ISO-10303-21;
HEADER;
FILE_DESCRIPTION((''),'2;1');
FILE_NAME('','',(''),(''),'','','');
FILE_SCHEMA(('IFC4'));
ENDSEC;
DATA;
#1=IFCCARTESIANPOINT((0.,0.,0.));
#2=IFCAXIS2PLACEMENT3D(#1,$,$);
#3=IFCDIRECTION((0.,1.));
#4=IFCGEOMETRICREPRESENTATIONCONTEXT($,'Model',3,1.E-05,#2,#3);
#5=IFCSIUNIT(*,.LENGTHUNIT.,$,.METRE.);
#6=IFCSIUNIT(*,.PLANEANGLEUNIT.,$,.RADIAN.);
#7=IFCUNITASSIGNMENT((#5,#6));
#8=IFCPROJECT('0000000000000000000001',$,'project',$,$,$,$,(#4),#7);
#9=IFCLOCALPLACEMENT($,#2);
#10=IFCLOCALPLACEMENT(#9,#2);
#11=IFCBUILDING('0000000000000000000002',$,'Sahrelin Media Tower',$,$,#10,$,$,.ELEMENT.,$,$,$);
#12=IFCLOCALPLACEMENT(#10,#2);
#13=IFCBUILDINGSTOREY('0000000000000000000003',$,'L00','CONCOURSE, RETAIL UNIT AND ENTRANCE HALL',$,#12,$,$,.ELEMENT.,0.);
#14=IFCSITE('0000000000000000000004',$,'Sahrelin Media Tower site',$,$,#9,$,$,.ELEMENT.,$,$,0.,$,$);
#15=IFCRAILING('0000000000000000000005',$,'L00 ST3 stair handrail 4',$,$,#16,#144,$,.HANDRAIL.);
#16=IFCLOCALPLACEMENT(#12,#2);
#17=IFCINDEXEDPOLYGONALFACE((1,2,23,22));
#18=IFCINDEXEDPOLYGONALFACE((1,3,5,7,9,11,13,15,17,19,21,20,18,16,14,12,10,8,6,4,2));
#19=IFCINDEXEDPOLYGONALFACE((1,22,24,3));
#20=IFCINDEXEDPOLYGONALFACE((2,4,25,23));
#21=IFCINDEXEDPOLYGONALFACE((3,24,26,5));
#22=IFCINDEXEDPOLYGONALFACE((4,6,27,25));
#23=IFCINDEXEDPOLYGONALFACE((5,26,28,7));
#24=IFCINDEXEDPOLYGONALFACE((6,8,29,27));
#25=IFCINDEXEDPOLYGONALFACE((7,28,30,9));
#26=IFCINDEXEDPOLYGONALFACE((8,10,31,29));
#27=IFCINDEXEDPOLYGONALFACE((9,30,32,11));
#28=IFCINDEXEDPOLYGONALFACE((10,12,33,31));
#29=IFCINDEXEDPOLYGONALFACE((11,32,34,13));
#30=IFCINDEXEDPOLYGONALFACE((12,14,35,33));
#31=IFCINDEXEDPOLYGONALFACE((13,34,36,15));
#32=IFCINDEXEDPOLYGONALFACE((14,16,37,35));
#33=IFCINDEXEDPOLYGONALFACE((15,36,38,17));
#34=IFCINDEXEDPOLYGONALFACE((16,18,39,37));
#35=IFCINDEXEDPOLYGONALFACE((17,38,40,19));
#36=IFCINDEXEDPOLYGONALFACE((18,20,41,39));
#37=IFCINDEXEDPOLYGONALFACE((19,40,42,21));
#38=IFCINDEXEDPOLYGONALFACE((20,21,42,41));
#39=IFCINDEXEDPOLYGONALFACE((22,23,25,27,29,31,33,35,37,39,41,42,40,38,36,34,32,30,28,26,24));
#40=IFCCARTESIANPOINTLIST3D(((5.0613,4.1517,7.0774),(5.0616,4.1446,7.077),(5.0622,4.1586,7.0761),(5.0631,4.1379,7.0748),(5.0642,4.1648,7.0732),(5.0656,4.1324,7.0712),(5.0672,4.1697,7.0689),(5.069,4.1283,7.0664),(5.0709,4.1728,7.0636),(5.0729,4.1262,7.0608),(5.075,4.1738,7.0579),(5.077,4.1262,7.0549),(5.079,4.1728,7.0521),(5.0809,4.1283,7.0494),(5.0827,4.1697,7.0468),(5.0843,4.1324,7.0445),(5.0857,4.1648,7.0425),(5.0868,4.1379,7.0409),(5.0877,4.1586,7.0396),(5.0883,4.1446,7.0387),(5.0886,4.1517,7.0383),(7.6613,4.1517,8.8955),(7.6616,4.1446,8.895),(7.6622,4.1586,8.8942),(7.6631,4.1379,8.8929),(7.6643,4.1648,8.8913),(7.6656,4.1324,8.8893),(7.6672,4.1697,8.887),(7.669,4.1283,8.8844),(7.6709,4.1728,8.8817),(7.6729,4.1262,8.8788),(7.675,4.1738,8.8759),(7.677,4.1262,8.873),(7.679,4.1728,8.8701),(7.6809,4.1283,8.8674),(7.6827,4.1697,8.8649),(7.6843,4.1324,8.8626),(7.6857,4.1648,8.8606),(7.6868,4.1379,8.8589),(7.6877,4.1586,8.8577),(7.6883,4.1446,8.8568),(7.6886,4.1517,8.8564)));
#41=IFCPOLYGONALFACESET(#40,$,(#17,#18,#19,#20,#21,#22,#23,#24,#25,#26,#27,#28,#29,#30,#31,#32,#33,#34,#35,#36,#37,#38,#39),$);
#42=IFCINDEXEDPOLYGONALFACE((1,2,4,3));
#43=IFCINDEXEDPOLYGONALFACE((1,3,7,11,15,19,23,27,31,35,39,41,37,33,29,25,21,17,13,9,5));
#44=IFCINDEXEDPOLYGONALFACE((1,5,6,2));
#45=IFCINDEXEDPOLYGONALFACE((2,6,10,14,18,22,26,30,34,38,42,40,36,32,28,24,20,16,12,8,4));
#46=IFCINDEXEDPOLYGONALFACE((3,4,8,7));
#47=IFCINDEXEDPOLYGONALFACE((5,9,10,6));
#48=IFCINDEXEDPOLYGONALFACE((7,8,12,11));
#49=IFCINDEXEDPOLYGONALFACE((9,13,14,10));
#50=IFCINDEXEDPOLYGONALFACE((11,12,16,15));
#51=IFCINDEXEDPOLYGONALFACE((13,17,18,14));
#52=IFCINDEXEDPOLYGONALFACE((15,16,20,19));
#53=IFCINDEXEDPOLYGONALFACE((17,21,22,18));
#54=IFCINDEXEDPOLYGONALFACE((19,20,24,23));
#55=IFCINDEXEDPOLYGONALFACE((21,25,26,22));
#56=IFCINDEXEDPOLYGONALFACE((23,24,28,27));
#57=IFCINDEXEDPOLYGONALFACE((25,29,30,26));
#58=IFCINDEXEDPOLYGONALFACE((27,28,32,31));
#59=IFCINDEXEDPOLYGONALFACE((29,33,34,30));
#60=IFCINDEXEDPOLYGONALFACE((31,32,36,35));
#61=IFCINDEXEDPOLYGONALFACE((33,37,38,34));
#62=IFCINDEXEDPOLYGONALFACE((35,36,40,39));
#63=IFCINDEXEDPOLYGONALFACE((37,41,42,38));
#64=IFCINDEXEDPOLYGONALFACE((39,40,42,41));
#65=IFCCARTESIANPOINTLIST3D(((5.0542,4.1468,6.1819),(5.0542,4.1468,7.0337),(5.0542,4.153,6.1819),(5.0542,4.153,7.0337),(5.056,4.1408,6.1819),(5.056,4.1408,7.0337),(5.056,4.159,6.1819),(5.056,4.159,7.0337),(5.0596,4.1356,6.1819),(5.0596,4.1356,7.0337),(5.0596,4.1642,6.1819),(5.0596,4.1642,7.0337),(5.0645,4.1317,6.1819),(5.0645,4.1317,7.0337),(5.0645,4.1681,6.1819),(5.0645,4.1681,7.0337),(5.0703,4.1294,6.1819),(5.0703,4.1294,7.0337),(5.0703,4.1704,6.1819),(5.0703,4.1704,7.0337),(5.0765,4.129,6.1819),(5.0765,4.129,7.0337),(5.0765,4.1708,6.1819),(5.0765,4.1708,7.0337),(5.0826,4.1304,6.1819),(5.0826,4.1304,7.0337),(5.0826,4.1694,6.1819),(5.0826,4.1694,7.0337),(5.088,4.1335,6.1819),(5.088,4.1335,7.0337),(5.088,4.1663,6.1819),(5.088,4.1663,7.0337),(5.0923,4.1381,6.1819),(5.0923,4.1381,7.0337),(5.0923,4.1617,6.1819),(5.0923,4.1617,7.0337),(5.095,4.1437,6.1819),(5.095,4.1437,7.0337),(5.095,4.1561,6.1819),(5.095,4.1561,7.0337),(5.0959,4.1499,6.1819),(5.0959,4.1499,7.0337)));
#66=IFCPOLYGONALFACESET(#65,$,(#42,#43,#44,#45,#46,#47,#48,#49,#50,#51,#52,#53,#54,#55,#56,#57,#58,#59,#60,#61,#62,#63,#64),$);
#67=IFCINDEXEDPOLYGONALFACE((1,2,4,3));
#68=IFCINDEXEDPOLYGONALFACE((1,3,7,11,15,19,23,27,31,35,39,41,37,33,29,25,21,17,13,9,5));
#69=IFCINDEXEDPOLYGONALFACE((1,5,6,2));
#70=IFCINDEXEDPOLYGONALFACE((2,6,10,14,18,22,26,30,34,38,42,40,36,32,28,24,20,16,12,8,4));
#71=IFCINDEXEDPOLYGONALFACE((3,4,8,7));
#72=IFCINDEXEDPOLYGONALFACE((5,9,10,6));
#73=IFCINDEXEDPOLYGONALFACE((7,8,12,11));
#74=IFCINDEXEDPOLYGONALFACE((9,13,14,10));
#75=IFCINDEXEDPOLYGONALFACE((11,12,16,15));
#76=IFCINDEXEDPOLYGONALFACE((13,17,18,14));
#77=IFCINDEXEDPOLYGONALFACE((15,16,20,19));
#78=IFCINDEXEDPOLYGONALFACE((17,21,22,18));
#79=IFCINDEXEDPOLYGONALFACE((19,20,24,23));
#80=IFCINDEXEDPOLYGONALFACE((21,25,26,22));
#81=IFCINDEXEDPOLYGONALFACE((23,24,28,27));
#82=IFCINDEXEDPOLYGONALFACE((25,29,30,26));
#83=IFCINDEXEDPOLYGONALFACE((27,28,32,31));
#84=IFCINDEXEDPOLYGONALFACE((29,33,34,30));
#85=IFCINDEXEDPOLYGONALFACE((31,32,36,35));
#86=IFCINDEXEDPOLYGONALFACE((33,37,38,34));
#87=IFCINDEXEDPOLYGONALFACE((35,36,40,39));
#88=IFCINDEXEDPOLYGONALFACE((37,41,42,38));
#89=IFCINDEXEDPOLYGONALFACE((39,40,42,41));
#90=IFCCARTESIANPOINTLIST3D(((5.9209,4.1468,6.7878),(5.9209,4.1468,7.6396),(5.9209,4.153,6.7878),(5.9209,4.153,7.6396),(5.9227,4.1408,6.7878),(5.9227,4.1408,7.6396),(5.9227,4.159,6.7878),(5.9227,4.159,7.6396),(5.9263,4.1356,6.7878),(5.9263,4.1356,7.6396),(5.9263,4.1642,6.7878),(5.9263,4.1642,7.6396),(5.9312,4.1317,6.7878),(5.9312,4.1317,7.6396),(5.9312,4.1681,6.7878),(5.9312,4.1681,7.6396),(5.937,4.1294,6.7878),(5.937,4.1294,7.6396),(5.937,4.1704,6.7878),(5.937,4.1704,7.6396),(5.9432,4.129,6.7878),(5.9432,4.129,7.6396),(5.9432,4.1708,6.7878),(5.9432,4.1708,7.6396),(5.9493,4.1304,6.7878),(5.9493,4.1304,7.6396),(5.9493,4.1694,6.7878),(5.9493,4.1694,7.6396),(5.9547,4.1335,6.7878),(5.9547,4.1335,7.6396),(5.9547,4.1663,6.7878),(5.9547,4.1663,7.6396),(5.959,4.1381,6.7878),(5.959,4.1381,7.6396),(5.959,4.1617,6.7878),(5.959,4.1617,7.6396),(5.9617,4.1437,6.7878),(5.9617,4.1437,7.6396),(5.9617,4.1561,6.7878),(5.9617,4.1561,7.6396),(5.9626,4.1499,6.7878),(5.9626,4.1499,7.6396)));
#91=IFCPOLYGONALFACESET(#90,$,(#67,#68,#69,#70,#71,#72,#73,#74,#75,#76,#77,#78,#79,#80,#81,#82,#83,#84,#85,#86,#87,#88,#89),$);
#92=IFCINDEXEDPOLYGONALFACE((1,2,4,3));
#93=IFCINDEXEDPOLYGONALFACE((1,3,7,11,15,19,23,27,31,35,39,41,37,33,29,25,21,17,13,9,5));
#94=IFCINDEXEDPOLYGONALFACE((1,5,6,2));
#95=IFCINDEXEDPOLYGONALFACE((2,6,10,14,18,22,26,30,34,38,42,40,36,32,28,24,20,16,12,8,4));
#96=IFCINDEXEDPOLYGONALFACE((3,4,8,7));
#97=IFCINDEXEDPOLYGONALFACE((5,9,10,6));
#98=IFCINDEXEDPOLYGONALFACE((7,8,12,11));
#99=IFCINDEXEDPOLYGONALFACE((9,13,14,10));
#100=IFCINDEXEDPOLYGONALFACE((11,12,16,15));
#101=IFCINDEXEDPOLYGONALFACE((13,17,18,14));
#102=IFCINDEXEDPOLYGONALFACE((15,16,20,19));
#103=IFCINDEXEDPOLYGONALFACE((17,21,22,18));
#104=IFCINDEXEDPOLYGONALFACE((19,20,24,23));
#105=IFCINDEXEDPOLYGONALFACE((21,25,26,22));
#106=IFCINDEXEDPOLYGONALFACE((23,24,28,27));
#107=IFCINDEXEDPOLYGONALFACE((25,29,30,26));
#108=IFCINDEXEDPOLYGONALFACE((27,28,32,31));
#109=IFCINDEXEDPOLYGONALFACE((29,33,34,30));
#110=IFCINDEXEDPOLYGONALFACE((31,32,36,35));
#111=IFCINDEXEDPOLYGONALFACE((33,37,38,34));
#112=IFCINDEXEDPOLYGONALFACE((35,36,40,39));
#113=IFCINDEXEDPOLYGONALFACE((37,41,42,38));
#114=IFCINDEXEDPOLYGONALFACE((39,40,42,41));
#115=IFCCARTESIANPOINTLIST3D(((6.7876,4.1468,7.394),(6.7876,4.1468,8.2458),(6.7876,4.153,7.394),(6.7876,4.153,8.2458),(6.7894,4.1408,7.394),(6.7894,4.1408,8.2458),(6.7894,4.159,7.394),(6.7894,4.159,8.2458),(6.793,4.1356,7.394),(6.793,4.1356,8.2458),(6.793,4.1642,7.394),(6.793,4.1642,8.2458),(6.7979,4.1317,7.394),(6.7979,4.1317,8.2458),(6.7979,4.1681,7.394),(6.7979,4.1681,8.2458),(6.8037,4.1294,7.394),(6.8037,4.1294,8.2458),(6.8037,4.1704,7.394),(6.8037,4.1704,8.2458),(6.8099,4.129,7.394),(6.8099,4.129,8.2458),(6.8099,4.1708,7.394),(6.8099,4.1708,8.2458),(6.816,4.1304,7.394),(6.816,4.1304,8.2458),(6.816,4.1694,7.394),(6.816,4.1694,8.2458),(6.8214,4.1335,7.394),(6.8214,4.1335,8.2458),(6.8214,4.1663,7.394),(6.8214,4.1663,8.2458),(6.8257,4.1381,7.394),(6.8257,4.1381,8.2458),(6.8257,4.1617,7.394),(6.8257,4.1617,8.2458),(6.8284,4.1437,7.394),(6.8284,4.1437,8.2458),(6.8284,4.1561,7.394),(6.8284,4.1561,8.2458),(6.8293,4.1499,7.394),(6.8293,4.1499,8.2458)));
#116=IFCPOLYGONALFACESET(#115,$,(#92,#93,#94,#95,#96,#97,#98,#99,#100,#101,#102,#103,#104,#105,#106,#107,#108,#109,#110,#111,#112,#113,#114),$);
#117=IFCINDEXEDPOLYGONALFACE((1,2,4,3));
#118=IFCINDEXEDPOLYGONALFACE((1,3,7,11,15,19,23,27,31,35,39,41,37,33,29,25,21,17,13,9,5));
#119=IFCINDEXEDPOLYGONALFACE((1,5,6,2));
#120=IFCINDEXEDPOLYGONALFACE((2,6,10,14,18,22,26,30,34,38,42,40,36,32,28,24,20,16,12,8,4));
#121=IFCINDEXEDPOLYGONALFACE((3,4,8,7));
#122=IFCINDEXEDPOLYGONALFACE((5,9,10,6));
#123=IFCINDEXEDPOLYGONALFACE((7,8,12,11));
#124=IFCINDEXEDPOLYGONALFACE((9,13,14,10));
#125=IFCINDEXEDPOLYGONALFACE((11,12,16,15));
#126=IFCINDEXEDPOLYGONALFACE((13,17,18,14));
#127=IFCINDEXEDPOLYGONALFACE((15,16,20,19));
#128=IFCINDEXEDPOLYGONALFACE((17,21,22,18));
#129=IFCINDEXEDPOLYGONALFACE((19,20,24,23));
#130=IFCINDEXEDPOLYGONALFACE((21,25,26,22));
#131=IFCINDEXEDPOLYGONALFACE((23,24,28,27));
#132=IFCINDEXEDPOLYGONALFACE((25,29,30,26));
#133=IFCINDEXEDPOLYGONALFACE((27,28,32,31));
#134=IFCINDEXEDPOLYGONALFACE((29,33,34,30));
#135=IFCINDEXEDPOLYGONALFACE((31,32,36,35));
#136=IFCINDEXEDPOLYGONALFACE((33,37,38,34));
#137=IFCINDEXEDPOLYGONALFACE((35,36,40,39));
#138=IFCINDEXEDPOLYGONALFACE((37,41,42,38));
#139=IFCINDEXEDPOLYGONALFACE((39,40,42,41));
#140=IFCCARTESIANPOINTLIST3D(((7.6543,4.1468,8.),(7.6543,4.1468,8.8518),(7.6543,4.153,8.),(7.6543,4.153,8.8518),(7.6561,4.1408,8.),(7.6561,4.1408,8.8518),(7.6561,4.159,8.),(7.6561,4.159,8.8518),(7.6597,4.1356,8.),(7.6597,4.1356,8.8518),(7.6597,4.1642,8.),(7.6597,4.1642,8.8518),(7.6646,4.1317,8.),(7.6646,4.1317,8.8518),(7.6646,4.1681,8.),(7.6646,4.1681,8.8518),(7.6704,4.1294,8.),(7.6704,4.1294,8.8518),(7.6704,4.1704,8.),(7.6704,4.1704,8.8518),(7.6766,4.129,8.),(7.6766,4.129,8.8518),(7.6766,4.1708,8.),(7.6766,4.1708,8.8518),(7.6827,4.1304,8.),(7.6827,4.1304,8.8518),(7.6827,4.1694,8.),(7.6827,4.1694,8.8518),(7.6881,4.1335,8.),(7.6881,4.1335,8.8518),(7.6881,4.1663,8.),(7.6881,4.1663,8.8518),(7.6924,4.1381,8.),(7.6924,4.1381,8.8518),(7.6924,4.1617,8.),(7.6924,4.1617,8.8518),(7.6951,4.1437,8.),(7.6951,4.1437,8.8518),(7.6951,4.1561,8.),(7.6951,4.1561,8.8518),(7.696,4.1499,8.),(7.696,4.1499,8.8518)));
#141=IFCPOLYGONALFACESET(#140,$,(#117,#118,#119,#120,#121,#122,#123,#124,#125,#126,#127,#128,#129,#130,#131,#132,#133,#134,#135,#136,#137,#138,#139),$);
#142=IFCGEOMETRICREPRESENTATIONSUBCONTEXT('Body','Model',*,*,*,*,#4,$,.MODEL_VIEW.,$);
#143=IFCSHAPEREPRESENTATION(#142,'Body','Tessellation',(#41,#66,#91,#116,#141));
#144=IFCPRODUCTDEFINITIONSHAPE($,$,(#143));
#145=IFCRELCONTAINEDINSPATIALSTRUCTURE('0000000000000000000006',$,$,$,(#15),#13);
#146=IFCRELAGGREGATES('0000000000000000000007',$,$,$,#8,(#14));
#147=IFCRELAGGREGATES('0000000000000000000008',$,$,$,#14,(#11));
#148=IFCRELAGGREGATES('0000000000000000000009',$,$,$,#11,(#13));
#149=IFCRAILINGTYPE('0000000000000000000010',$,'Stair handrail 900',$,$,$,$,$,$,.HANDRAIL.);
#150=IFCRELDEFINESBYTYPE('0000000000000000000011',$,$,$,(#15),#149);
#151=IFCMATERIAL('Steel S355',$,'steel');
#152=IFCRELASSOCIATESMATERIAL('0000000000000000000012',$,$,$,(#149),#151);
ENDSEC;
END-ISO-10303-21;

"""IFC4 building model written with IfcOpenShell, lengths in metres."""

from ifc_helpers import new_model, si_unit, direction, frame, origin, origin_2d, place, context, subcontext, project, spatial, circle, extrude, material, type_object, element, save


model = new_model("IFC4")

# Units and contexts
model_context = context("Model", 3, precision=1e-05, world=origin(), true_north=direction((0.0, 1.0)))
body_context = subcontext(model_context, "Body", "Model", "MODEL_VIEW")
ifc_project = project(units=[si_unit("LENGTHUNIT", "METRE"), si_unit("PLANEANGLEUNIT", "RADIAN")], contexts=[model_context])

# Site, building, storey
site_placement = place(None, origin())
site = spatial("IfcSite", under=ifc_project, at=site_placement, Name="Sahrelin Media Tower site", CompositionType="ELEMENT", RefElevation=0.0)
building_placement = place(site_placement, origin())
building = spatial("IfcBuilding", under=site, at=building_placement, Name="Sahrelin Media Tower", CompositionType="ELEMENT")
storey_placement = place(building_placement, origin())
storey = spatial("IfcBuildingStorey", under=building, at=storey_placement, Name="L00", Description="CONCOURSE, RETAIL UNIT AND ENTRANCE HALL", CompositionType="ELEMENT", Elevation=0.0)

# Shared definitions
ifc_material_1 = material(Name="Steel S355", Category="steel")

# Railing
railing_type_1 = type_object("IfcRailingType", Name="Stair handrail 900", PredefinedType="HANDRAIL", material=ifc_material_1)
railing_1_placement = place(storey_placement, frame((5.075, 4.1499, 6.1819)))
element("IfcRailing", 1, at=railing_1_placement, inside=storey, type_object=railing_type_1, Name="L00 ST3 stair handrail 4", PredefinedType="HANDRAIL", context=body_context, shape_type="SweptSolid", body=[
    extrude(circle(Radius=0.0239, at=origin_2d()), frame((0.0, 0.0, 0.876), z_axis=(0.819521, 0.0, 0.573049), x_axis=(0.0, 1.0, 0.0)), (0.0, 0.0, 1.0), 3.1726),
    extrude(circle(Radius=0.021, at=origin_2d()), origin(), (0.0, 0.0, 1.0), 0.8518),
    extrude(circle(Radius=0.021, at=origin_2d()), frame((0.8667, 0.0, 0.606)), (0.0, 0.0, 1.0), 0.8518),
    extrude(circle(Radius=0.021, at=origin_2d()), frame((1.7334, 0.0, 1.2122)), (0.0, 0.0, 1.0), 0.8518),
    extrude(circle(Radius=0.021, at=origin_2d()), frame((2.6001, 0.0, 1.8181)), (0.0, 0.0, 1.0), 0.8518),
])

save(model, "model.ifc")
